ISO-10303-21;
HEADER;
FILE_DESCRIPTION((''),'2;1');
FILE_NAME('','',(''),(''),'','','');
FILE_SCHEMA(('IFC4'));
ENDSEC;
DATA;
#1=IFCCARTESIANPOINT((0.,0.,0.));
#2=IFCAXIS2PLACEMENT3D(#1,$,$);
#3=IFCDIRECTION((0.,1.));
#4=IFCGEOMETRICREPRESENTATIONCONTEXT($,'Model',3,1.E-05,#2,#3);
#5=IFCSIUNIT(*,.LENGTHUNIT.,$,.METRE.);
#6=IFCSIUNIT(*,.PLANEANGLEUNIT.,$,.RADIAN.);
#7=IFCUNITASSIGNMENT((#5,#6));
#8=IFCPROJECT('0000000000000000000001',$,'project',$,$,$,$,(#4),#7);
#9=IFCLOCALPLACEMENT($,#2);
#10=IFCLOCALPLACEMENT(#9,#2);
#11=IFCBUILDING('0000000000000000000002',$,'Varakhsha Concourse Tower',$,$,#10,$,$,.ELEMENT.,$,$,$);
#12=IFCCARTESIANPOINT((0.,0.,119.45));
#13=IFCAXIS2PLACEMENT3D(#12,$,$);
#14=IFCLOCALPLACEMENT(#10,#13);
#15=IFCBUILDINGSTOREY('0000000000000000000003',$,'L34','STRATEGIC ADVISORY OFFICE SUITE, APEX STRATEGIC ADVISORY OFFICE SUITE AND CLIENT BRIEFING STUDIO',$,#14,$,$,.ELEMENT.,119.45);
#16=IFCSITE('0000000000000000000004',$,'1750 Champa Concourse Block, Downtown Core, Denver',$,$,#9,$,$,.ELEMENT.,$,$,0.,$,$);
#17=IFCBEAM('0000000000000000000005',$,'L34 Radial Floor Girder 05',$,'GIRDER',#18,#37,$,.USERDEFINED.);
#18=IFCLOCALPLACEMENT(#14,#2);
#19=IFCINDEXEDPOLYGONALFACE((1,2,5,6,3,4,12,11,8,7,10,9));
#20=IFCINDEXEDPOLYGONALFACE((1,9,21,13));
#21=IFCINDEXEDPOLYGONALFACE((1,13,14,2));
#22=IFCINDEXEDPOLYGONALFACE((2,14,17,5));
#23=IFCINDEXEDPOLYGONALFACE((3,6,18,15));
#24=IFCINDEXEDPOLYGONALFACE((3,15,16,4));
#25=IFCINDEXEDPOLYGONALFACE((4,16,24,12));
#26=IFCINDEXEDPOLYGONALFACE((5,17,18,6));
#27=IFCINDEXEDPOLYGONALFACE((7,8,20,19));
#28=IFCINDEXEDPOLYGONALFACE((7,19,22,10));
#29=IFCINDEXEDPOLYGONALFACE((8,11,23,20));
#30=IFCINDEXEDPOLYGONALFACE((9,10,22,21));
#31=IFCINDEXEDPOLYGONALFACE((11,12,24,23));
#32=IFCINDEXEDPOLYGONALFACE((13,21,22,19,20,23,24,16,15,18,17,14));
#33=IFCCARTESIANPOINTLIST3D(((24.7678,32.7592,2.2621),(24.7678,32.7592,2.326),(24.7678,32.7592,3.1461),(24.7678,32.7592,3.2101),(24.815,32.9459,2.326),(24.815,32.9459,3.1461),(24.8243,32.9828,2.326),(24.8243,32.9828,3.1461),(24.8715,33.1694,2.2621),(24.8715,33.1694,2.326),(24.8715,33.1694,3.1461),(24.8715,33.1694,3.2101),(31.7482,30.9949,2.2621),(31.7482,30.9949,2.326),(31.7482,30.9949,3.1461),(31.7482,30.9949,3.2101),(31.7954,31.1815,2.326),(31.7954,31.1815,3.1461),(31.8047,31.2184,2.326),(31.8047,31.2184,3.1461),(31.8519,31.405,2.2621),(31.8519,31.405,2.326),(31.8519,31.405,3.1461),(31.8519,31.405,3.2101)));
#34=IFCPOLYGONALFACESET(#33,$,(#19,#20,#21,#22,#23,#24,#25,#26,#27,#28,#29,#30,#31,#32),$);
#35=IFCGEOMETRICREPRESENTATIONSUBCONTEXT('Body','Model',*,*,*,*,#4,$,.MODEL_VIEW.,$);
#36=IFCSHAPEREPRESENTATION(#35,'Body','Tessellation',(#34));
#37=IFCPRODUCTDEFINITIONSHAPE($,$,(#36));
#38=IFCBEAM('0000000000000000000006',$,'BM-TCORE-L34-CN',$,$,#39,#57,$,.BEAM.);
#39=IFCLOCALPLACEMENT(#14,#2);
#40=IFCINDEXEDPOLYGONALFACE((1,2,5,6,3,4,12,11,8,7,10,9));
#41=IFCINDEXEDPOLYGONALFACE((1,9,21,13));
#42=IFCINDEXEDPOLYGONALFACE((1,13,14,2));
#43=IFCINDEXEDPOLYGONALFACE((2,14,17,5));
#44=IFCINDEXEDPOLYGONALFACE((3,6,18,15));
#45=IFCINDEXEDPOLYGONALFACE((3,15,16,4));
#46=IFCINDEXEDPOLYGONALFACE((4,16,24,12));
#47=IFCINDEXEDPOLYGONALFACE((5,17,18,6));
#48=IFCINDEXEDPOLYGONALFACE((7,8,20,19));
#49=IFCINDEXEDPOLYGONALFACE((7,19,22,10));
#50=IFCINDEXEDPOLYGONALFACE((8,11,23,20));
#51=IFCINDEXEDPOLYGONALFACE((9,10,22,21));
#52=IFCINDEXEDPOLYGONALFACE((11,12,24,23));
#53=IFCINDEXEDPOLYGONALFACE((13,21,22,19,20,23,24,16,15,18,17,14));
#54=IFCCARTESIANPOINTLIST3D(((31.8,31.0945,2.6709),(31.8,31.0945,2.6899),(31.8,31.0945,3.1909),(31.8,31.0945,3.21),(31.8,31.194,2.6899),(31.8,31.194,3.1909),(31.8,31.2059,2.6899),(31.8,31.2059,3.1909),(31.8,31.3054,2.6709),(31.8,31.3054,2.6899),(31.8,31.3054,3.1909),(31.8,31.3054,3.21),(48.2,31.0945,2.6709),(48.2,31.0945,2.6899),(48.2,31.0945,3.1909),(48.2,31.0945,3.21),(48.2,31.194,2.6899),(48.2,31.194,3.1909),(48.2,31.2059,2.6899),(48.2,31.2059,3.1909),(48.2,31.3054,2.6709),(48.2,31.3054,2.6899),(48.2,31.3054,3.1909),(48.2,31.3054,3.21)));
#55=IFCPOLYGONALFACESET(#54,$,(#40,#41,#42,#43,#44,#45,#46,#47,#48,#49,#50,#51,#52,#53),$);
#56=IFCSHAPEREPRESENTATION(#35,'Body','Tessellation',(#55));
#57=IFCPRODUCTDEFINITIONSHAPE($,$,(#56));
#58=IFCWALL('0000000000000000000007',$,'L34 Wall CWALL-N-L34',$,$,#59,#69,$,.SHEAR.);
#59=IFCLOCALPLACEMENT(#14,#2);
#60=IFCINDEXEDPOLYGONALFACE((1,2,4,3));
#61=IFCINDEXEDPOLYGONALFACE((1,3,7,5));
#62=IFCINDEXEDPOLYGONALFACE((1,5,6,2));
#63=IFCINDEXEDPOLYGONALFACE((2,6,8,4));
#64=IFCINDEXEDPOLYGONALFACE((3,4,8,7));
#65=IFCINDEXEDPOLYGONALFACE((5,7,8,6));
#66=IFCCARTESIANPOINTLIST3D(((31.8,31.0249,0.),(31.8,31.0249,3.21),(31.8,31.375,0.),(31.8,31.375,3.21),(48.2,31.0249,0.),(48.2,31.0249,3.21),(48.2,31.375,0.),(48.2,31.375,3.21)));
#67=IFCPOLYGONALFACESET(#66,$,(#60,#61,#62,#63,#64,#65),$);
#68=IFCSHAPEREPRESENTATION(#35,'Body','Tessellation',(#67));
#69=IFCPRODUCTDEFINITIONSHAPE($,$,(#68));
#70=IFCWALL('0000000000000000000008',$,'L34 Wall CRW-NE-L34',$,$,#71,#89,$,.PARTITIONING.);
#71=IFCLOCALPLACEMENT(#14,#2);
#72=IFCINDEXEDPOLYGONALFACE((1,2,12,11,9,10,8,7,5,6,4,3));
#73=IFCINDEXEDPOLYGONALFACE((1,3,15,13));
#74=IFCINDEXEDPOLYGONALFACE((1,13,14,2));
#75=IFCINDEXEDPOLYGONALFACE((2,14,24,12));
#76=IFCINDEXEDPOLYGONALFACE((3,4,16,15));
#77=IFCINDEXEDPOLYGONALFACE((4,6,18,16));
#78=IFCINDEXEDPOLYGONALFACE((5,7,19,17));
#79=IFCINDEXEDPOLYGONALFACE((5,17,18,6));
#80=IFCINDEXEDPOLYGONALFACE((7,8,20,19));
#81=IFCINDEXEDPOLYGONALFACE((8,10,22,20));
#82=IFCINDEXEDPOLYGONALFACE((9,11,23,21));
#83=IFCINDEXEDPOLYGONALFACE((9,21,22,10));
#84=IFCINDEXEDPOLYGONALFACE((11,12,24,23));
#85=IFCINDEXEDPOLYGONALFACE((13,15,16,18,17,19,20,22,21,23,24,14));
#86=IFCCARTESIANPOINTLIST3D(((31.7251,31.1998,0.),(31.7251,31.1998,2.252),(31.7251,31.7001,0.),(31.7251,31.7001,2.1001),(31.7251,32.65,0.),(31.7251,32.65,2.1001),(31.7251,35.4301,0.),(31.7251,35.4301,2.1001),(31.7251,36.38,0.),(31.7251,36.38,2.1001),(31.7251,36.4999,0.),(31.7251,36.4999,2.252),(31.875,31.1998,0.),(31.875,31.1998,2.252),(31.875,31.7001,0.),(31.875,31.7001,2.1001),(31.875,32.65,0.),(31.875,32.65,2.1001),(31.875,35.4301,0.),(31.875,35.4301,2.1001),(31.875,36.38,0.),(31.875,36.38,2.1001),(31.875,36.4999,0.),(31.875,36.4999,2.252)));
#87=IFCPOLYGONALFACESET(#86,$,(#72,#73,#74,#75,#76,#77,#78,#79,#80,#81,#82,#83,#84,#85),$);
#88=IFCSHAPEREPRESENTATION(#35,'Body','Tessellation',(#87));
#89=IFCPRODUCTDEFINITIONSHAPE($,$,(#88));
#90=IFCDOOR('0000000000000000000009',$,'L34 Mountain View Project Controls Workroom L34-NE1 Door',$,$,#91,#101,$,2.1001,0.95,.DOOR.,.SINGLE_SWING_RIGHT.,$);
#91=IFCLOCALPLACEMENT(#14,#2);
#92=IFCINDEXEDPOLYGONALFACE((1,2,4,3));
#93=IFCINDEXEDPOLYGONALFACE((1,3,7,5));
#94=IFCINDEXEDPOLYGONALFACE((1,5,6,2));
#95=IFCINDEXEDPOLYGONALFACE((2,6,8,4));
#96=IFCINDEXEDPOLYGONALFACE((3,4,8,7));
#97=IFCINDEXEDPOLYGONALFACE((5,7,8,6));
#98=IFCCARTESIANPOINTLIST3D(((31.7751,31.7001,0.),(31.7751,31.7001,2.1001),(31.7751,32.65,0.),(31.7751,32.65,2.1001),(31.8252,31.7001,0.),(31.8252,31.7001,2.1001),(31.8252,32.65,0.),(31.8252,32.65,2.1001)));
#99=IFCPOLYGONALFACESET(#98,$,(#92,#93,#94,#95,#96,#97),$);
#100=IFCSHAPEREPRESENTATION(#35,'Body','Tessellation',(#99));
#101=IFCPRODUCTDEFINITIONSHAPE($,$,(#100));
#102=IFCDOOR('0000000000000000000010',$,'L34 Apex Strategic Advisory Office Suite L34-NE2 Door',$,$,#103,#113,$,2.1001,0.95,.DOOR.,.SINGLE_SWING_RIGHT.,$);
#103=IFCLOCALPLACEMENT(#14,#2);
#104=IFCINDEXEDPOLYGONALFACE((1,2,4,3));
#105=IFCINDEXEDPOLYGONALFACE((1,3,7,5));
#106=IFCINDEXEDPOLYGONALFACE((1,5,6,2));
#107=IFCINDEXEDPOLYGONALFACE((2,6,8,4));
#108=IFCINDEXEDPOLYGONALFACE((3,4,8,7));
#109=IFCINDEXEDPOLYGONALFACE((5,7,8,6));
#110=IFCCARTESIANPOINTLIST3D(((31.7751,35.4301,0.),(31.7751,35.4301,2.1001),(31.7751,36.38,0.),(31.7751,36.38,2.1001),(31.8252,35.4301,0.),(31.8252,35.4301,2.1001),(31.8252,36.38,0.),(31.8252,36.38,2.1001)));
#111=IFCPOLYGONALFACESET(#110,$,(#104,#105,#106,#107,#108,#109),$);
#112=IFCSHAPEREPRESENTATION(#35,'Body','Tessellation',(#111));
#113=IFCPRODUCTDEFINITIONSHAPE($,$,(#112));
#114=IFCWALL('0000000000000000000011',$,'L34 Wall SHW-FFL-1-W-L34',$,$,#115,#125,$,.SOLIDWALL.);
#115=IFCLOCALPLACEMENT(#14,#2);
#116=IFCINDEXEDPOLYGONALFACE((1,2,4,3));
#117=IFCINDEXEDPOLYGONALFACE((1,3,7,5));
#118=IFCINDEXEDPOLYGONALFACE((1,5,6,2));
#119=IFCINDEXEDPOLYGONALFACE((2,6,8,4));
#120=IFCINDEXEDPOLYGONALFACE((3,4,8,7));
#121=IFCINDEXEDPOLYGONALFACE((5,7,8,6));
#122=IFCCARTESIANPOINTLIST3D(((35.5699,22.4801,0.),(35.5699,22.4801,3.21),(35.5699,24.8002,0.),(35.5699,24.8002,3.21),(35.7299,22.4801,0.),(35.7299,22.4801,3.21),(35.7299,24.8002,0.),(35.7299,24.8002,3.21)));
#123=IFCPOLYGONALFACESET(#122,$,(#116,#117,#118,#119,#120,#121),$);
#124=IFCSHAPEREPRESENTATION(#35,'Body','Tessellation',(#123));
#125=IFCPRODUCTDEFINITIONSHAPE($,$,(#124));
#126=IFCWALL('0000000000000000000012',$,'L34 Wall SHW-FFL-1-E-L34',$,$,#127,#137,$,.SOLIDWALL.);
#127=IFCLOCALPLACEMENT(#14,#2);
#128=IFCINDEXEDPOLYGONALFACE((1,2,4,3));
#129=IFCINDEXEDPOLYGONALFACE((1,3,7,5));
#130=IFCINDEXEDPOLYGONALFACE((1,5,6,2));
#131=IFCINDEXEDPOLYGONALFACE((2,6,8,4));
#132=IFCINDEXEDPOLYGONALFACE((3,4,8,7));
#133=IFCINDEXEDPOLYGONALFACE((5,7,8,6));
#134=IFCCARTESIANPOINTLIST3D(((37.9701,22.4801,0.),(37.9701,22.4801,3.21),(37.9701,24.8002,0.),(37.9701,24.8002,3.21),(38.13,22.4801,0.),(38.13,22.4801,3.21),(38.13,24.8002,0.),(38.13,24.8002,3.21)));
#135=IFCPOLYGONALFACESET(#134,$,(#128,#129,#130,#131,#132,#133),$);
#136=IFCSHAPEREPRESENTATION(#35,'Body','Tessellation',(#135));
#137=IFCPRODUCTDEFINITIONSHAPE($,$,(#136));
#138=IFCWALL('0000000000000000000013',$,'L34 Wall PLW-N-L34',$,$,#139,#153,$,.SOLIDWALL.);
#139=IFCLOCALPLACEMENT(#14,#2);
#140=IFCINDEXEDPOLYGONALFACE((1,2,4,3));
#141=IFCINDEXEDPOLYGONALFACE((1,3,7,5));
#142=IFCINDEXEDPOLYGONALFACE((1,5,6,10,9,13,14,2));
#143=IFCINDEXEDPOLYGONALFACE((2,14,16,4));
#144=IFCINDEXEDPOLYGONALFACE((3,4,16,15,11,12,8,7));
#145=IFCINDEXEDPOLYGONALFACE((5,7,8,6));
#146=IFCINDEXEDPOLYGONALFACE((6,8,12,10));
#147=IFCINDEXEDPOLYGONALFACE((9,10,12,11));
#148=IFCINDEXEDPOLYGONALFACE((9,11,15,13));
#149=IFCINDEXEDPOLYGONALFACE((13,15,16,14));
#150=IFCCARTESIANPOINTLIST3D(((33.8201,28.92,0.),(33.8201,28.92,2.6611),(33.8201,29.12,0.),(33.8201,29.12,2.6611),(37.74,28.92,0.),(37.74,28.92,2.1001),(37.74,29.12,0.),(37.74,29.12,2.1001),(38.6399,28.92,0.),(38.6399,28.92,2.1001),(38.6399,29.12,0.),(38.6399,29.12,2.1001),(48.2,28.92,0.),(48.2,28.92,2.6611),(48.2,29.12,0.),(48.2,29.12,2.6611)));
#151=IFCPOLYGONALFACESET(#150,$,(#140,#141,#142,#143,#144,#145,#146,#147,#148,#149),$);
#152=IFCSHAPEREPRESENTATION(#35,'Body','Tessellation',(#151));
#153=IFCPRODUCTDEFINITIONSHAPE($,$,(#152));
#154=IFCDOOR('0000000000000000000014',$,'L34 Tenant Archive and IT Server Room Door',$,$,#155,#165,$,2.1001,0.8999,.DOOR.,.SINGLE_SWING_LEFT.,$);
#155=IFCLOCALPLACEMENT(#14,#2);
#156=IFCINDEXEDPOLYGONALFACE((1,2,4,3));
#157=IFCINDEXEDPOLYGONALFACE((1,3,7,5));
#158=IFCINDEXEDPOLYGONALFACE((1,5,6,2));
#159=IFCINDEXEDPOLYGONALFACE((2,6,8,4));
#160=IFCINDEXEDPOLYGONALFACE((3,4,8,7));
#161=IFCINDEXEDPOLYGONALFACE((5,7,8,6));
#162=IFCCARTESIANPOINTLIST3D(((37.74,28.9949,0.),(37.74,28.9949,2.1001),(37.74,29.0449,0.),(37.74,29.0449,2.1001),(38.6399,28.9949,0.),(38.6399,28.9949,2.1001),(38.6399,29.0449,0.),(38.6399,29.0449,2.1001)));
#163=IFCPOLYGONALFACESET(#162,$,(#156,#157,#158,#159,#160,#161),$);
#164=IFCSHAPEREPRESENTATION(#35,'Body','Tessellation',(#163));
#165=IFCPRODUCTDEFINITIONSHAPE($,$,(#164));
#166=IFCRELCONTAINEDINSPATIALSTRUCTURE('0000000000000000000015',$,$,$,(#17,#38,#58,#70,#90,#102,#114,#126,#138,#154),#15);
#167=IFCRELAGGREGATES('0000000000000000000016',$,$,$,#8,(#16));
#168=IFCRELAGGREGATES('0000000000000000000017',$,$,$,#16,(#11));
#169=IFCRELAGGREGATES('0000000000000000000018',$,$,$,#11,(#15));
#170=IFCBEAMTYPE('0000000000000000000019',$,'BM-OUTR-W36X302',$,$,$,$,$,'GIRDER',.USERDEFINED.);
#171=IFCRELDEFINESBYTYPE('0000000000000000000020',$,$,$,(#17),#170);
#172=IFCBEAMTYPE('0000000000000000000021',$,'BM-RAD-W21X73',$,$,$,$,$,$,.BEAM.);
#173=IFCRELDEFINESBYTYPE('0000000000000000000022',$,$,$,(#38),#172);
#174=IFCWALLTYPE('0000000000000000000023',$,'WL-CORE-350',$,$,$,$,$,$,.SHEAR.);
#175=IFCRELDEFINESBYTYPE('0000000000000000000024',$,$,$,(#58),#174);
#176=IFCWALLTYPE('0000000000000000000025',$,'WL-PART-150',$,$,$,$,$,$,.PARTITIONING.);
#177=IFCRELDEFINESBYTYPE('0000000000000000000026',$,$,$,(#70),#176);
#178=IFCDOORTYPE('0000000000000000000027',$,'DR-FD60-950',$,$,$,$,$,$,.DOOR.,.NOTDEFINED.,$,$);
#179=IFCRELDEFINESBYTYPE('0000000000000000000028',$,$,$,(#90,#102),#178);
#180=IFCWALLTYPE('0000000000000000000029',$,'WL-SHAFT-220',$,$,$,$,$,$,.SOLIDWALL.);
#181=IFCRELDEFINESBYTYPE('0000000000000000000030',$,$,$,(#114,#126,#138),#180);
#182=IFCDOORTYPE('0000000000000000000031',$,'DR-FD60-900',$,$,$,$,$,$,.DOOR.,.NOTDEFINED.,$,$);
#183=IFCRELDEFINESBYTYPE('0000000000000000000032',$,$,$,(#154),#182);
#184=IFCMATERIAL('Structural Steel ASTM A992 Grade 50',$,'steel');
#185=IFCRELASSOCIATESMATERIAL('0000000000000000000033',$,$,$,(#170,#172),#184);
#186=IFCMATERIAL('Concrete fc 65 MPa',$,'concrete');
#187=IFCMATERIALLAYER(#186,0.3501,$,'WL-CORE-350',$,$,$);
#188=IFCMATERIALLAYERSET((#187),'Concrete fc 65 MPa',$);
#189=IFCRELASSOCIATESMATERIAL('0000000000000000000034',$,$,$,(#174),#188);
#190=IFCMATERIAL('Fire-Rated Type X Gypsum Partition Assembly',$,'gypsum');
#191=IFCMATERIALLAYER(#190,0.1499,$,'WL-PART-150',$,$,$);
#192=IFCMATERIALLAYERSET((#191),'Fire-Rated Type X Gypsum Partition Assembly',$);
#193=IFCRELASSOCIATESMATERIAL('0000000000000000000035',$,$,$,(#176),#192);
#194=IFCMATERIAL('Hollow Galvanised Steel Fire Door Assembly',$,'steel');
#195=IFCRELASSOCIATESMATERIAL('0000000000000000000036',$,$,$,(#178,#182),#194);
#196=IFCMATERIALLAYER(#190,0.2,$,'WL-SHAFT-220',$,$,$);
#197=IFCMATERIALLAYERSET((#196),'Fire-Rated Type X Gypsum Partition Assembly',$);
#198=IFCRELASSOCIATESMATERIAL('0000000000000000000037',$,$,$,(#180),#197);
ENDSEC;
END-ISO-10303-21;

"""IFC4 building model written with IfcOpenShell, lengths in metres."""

from ifc_helpers import new_model, si_unit, direction, frame, frame_2d, origin, origin_2d, place, context, subcontext, project, spatial, rectangle, i_section, extrude, material, layer, layer_set, material_profile, profile_set, type_object, element, fill, save


model = new_model("IFC4")

# Units and contexts
model_context = context("Model", 3, precision=1e-05, world=origin(), true_north=direction((0.0, 1.0)))
body_context = subcontext(model_context, "Body", "Model", "MODEL_VIEW")
ifc_project = project(units=[si_unit("LENGTHUNIT", "METRE"), si_unit("PLANEANGLEUNIT", "RADIAN")], contexts=[model_context])

# Site, building, storey
site_placement = place(None, origin())
site = spatial("IfcSite", under=ifc_project, at=site_placement, Name="1750 Champa Concourse Block, Downtown Core, Denver", CompositionType="ELEMENT", RefElevation=0.0)
building_placement = place(site_placement, origin())
building = spatial("IfcBuilding", under=site, at=building_placement, Name="Varakhsha Concourse Tower", CompositionType="ELEMENT")
storey_placement = place(building_placement, frame((0.0, 0.0, 119.45)))
storey = spatial("IfcBuildingStorey", under=building, at=storey_placement, Name="L34", Description="STRATEGIC ADVISORY OFFICE SUITE, APEX STRATEGIC ADVISORY OFFICE SUITE AND CLIENT BRIEFING STUDIO", CompositionType="ELEMENT", Elevation=119.45)

# Beams
ifc_material_1 = material(Name="Structural Steel ASTM A992 Grade 50", Category="steel")
ifc_material_profile_1 = material_profile(ifc_material_1, i_section(OverallWidth=0.4231, OverallDepth=0.948, WebThickness=0.0381, FlangeThickness=0.064, at=origin_2d()), Name="W36X302")
ifc_profile_set_1 = profile_set([ifc_material_profile_1], Name="Structural Steel ASTM A992 Grade 50")
beam_type_1 = type_object("IfcBeamType", Name="BM-OUTR-W36X302", ElementType="GIRDER", PredefinedType="USERDEFINED", material=ifc_profile_set_1)
beam_1_placement = place(storey_placement, frame((31.8, 31.2, 2.7361), z_axis=(-0.969509, 0.245056, 0.0), x_axis=(-0.245056, -0.969509, 0.0)))
element("IfcBeam", 1, at=beam_1_placement, inside=storey, type_object=beam_type_1, Name="L34 Radial Floor Girder 05", ObjectType="GIRDER", PredefinedType="USERDEFINED", context=body_context, shape_type="SweptSolid", body=[
    extrude(i_section(OverallWidth=0.4231, OverallDepth=0.948, WebThickness=0.0381, FlangeThickness=0.064, at=origin_2d()), origin(), (0.0, 0.0, 1.0), 7.2),
])
ifc_material_profile_2 = material_profile(ifc_material_1, i_section(OverallWidth=0.2109, OverallDepth=0.5391, WebThickness=0.012, FlangeThickness=0.019, at=origin_2d()), Name="W21X73")
ifc_profile_set_2 = profile_set([ifc_material_profile_2], Name="Structural Steel ASTM A992 Grade 50")
beam_type_2 = type_object("IfcBeamType", Name="BM-RAD-W21X73", PredefinedType="BEAM", material=ifc_profile_set_2)
beam_2_placement = place(storey_placement, frame((31.8, 31.2, 2.9404), z_axis=(1.0, 0.0, 0.0), x_axis=(0.0, 1.0, 0.0)))
element("IfcBeam", 2, at=beam_2_placement, inside=storey, type_object=beam_type_2, Name="BM-TCORE-L34-CN", PredefinedType="BEAM", context=body_context, shape_type="SweptSolid", body=[
    extrude(i_section(OverallWidth=0.2109, OverallDepth=0.5391, WebThickness=0.012, FlangeThickness=0.019, at=origin_2d()), origin(), (0.0, 0.0, 1.0), 16.3999),
])

# Wall
ifc_material_2 = material(Name="Concrete fc 65 MPa", Category="concrete")
ifc_layer_1 = layer(ifc_material_2, 0.3501, Name="WL-CORE-350")
ifc_layer_set_1 = layer_set([ifc_layer_1], Name="Concrete fc 65 MPa")
wall_type_1 = type_object("IfcWallType", Name="WL-CORE-350", PredefinedType="SHEAR", material=ifc_layer_set_1)
wall_1_placement = place(storey_placement, frame((31.8, 31.2, 0.0), z_axis=(0.0, 0.0, 1.0), x_axis=(1.0, 0.0, 0.0)))
element("IfcWall", 3, at=wall_1_placement, inside=storey, type_object=wall_type_1, Name="L34 Wall CWALL-N-L34", PredefinedType="SHEAR", context=body_context, shape_type="SweptSolid", body=[
    extrude(rectangle(XDim=16.3999, YDim=0.3501, at=frame_2d((8.2, 0.0))), origin(), (0.0, 0.0, 1.0), 3.21),
])

# Wall, openings, doors
ifc_material_3 = material(Name="Fire-Rated Type X Gypsum Partition Assembly", Category="gypsum")
ifc_layer_2 = layer(ifc_material_3, 0.1499, Name="WL-PART-150")
ifc_layer_set_2 = layer_set([ifc_layer_2], Name="Fire-Rated Type X Gypsum Partition Assembly")
wall_type_2 = type_object("IfcWallType", Name="WL-PART-150", PredefinedType="PARTITIONING", material=ifc_layer_set_2)
wall_2_placement = place(storey_placement, frame((31.8, 31.2, 0.0), z_axis=(0.0, 0.0, 1.0), x_axis=(0.0, 1.0, 0.0)))
wall_2 = element("IfcWall", 4, at=wall_2_placement, inside=storey, type_object=wall_type_2, Name="L34 Wall CRW-NE-L34", PredefinedType="PARTITIONING", context=body_context, shape_type="SweptSolid", body=[
    extrude(rectangle(XDim=5.3, YDim=0.1499, at=frame_2d((2.6499, 0.0))), origin(), (0.0, 0.0, 1.0), 2.252),
])
opening_1_placement = place(wall_2_placement, frame((0.5, 0.0, 0.0)))
opening_1 = element("IfcOpeningElement", 5, at=opening_1_placement, cuts=wall_2, PredefinedType="OPENING", context=body_context, shape_type="SweptSolid", body=[
    extrude(rectangle(XDim=0.95, YDim=2.1001, at=frame_2d((0.4751, 1.05))), frame((0.0, 0.085, 0.0), z_axis=(0.0, -1.0, 0.0), x_axis=(1.0, 0.0, 0.0)), (0.0, 0.0, 1.0), 0.1699),
])
opening_2_placement = place(wall_2_placement, frame((4.23, 0.0, 0.0)))
opening_2 = element("IfcOpeningElement", 6, at=opening_2_placement, cuts=wall_2, PredefinedType="OPENING", context=body_context, shape_type="SweptSolid", body=[
    extrude(rectangle(XDim=0.95, YDim=2.1001, at=frame_2d((0.4751, 1.05))), frame((0.0, 0.085, 0.0), z_axis=(0.0, -1.0, 0.0), x_axis=(1.0, 0.0, 0.0)), (0.0, 0.0, 1.0), 0.1699),
])
ifc_material_4 = material(Name="Hollow Galvanised Steel Fire Door Assembly", Category="steel")
door_type_1 = type_object("IfcDoorType", Name="DR-FD60-950", OperationType="NOTDEFINED", PredefinedType="DOOR", material=ifc_material_4)
door_1_placement = place(opening_1_placement, origin())
door_1 = element("IfcDoor", 7, at=door_1_placement, inside=storey, type_object=door_type_1, Name="L34 Mountain View Project Controls Workroom L34-NE1 Door", OperationType="SINGLE_SWING_RIGHT", OverallHeight=2.1001, OverallWidth=0.95, PredefinedType="DOOR", context=body_context, shape_type="SweptSolid", body=[
    extrude(rectangle(XDim=0.95, YDim=2.1001, at=frame_2d((0.4751, 1.05))), frame((0.0, 0.0249, 0.0), z_axis=(0.0, -1.0, 0.0), x_axis=(1.0, 0.0, 0.0)), (0.0, 0.0, 1.0), 0.05),
])
fill(opening_1, door_1)
door_2_placement = place(opening_2_placement, origin())
door_2 = element("IfcDoor", 8, at=door_2_placement, inside=storey, type_object=door_type_1, Name="L34 Apex Strategic Advisory Office Suite L34-NE2 Door", OperationType="SINGLE_SWING_RIGHT", OverallHeight=2.1001, OverallWidth=0.95, PredefinedType="DOOR", context=body_context, shape_type="SweptSolid", body=[
    extrude(rectangle(XDim=0.95, YDim=2.1001, at=frame_2d((0.4751, 1.05))), frame((0.0, 0.0249, 0.0), z_axis=(0.0, -1.0, 0.0), x_axis=(1.0, 0.0, 0.0)), (0.0, 0.0, 1.0), 0.05),
])
fill(opening_2, door_2)
ifc_layer_3 = layer(ifc_material_3, 0.2, Name="WL-SHAFT-220")
ifc_layer_set_3 = layer_set([ifc_layer_3], Name="Fire-Rated Type X Gypsum Partition Assembly")
wall_type_3 = type_object("IfcWallType", Name="WL-SHAFT-220", PredefinedType="SOLIDWALL", material=ifc_layer_set_3)

# Walls
for number, where, z_axis, x_axis, name in (
    (9, (35.6499, 22.48, 0.0), (0.0, 0.0, 1.0), (0.0, 1.0, 0.0), "L34 Wall SHW-FFL-1-W-L34"),
    (10, (38.05, 22.48, 0.0), (0.0, 0.0, 1.0), (0.0, 1.0, 0.0), "L34 Wall SHW-FFL-1-E-L34"),
):
    element("IfcWall", number, at=place(storey_placement, frame(where, z_axis=z_axis, x_axis=x_axis)), inside=storey, type_object=wall_type_3, Name=name, PredefinedType="SOLIDWALL", context=body_context, shape_type="SweptSolid", body=[
        extrude(rectangle(XDim=2.3201, YDim=0.1599, at=frame_2d((1.1602, 0.0))), origin(), (0.0, 0.0, 1.0), 3.21),
    ])

# Wall, opening, door
wall_3_placement = place(storey_placement, frame((33.8201, 29.02, 0.0), z_axis=(0.0, 0.0, 1.0), x_axis=(1.0, 0.0, 0.0)))
wall_3 = element("IfcWall", 11, at=wall_3_placement, inside=storey, type_object=wall_type_3, Name="L34 Wall PLW-N-L34", PredefinedType="SOLIDWALL", context=body_context, shape_type="SweptSolid", body=[
    extrude(rectangle(XDim=14.3799, YDim=0.2, at=frame_2d((7.1899, 0.0))), origin(), (0.0, 0.0, 1.0), 2.6611),
])
opening_3_placement = place(wall_3_placement, frame((3.9199, 0.0, 0.0)))
opening_3 = element("IfcOpeningElement", 12, at=opening_3_placement, cuts=wall_3, PredefinedType="OPENING", context=body_context, shape_type="SweptSolid", body=[
    extrude(rectangle(XDim=0.8999, YDim=2.1001, at=frame_2d((0.45, 1.05))), frame((0.0, 0.1099, 0.0), z_axis=(0.0, -1.0, 0.0), x_axis=(1.0, 0.0, 0.0)), (0.0, 0.0, 1.0), 0.22),
])
door_type_2 = type_object("IfcDoorType", Name="DR-FD60-900", OperationType="NOTDEFINED", PredefinedType="DOOR", material=ifc_material_4)
door_3_placement = place(opening_3_placement, origin())
door_3 = element("IfcDoor", 13, at=door_3_placement, inside=storey, type_object=door_type_2, Name="L34 Tenant Archive and IT Server Room Door", OperationType="SINGLE_SWING_LEFT", OverallHeight=2.1001, OverallWidth=0.8999, PredefinedType="DOOR", context=body_context, shape_type="SweptSolid", body=[
    extrude(rectangle(XDim=0.8999, YDim=2.1001, at=frame_2d((0.45, 1.05))), frame((0.0, 0.0249, 0.0), z_axis=(0.0, -1.0, 0.0), x_axis=(1.0, 0.0, 0.0)), (0.0, 0.0, 1.0), 0.05),
])
fill(opening_3, door_3)

save(model, "model.ifc")
